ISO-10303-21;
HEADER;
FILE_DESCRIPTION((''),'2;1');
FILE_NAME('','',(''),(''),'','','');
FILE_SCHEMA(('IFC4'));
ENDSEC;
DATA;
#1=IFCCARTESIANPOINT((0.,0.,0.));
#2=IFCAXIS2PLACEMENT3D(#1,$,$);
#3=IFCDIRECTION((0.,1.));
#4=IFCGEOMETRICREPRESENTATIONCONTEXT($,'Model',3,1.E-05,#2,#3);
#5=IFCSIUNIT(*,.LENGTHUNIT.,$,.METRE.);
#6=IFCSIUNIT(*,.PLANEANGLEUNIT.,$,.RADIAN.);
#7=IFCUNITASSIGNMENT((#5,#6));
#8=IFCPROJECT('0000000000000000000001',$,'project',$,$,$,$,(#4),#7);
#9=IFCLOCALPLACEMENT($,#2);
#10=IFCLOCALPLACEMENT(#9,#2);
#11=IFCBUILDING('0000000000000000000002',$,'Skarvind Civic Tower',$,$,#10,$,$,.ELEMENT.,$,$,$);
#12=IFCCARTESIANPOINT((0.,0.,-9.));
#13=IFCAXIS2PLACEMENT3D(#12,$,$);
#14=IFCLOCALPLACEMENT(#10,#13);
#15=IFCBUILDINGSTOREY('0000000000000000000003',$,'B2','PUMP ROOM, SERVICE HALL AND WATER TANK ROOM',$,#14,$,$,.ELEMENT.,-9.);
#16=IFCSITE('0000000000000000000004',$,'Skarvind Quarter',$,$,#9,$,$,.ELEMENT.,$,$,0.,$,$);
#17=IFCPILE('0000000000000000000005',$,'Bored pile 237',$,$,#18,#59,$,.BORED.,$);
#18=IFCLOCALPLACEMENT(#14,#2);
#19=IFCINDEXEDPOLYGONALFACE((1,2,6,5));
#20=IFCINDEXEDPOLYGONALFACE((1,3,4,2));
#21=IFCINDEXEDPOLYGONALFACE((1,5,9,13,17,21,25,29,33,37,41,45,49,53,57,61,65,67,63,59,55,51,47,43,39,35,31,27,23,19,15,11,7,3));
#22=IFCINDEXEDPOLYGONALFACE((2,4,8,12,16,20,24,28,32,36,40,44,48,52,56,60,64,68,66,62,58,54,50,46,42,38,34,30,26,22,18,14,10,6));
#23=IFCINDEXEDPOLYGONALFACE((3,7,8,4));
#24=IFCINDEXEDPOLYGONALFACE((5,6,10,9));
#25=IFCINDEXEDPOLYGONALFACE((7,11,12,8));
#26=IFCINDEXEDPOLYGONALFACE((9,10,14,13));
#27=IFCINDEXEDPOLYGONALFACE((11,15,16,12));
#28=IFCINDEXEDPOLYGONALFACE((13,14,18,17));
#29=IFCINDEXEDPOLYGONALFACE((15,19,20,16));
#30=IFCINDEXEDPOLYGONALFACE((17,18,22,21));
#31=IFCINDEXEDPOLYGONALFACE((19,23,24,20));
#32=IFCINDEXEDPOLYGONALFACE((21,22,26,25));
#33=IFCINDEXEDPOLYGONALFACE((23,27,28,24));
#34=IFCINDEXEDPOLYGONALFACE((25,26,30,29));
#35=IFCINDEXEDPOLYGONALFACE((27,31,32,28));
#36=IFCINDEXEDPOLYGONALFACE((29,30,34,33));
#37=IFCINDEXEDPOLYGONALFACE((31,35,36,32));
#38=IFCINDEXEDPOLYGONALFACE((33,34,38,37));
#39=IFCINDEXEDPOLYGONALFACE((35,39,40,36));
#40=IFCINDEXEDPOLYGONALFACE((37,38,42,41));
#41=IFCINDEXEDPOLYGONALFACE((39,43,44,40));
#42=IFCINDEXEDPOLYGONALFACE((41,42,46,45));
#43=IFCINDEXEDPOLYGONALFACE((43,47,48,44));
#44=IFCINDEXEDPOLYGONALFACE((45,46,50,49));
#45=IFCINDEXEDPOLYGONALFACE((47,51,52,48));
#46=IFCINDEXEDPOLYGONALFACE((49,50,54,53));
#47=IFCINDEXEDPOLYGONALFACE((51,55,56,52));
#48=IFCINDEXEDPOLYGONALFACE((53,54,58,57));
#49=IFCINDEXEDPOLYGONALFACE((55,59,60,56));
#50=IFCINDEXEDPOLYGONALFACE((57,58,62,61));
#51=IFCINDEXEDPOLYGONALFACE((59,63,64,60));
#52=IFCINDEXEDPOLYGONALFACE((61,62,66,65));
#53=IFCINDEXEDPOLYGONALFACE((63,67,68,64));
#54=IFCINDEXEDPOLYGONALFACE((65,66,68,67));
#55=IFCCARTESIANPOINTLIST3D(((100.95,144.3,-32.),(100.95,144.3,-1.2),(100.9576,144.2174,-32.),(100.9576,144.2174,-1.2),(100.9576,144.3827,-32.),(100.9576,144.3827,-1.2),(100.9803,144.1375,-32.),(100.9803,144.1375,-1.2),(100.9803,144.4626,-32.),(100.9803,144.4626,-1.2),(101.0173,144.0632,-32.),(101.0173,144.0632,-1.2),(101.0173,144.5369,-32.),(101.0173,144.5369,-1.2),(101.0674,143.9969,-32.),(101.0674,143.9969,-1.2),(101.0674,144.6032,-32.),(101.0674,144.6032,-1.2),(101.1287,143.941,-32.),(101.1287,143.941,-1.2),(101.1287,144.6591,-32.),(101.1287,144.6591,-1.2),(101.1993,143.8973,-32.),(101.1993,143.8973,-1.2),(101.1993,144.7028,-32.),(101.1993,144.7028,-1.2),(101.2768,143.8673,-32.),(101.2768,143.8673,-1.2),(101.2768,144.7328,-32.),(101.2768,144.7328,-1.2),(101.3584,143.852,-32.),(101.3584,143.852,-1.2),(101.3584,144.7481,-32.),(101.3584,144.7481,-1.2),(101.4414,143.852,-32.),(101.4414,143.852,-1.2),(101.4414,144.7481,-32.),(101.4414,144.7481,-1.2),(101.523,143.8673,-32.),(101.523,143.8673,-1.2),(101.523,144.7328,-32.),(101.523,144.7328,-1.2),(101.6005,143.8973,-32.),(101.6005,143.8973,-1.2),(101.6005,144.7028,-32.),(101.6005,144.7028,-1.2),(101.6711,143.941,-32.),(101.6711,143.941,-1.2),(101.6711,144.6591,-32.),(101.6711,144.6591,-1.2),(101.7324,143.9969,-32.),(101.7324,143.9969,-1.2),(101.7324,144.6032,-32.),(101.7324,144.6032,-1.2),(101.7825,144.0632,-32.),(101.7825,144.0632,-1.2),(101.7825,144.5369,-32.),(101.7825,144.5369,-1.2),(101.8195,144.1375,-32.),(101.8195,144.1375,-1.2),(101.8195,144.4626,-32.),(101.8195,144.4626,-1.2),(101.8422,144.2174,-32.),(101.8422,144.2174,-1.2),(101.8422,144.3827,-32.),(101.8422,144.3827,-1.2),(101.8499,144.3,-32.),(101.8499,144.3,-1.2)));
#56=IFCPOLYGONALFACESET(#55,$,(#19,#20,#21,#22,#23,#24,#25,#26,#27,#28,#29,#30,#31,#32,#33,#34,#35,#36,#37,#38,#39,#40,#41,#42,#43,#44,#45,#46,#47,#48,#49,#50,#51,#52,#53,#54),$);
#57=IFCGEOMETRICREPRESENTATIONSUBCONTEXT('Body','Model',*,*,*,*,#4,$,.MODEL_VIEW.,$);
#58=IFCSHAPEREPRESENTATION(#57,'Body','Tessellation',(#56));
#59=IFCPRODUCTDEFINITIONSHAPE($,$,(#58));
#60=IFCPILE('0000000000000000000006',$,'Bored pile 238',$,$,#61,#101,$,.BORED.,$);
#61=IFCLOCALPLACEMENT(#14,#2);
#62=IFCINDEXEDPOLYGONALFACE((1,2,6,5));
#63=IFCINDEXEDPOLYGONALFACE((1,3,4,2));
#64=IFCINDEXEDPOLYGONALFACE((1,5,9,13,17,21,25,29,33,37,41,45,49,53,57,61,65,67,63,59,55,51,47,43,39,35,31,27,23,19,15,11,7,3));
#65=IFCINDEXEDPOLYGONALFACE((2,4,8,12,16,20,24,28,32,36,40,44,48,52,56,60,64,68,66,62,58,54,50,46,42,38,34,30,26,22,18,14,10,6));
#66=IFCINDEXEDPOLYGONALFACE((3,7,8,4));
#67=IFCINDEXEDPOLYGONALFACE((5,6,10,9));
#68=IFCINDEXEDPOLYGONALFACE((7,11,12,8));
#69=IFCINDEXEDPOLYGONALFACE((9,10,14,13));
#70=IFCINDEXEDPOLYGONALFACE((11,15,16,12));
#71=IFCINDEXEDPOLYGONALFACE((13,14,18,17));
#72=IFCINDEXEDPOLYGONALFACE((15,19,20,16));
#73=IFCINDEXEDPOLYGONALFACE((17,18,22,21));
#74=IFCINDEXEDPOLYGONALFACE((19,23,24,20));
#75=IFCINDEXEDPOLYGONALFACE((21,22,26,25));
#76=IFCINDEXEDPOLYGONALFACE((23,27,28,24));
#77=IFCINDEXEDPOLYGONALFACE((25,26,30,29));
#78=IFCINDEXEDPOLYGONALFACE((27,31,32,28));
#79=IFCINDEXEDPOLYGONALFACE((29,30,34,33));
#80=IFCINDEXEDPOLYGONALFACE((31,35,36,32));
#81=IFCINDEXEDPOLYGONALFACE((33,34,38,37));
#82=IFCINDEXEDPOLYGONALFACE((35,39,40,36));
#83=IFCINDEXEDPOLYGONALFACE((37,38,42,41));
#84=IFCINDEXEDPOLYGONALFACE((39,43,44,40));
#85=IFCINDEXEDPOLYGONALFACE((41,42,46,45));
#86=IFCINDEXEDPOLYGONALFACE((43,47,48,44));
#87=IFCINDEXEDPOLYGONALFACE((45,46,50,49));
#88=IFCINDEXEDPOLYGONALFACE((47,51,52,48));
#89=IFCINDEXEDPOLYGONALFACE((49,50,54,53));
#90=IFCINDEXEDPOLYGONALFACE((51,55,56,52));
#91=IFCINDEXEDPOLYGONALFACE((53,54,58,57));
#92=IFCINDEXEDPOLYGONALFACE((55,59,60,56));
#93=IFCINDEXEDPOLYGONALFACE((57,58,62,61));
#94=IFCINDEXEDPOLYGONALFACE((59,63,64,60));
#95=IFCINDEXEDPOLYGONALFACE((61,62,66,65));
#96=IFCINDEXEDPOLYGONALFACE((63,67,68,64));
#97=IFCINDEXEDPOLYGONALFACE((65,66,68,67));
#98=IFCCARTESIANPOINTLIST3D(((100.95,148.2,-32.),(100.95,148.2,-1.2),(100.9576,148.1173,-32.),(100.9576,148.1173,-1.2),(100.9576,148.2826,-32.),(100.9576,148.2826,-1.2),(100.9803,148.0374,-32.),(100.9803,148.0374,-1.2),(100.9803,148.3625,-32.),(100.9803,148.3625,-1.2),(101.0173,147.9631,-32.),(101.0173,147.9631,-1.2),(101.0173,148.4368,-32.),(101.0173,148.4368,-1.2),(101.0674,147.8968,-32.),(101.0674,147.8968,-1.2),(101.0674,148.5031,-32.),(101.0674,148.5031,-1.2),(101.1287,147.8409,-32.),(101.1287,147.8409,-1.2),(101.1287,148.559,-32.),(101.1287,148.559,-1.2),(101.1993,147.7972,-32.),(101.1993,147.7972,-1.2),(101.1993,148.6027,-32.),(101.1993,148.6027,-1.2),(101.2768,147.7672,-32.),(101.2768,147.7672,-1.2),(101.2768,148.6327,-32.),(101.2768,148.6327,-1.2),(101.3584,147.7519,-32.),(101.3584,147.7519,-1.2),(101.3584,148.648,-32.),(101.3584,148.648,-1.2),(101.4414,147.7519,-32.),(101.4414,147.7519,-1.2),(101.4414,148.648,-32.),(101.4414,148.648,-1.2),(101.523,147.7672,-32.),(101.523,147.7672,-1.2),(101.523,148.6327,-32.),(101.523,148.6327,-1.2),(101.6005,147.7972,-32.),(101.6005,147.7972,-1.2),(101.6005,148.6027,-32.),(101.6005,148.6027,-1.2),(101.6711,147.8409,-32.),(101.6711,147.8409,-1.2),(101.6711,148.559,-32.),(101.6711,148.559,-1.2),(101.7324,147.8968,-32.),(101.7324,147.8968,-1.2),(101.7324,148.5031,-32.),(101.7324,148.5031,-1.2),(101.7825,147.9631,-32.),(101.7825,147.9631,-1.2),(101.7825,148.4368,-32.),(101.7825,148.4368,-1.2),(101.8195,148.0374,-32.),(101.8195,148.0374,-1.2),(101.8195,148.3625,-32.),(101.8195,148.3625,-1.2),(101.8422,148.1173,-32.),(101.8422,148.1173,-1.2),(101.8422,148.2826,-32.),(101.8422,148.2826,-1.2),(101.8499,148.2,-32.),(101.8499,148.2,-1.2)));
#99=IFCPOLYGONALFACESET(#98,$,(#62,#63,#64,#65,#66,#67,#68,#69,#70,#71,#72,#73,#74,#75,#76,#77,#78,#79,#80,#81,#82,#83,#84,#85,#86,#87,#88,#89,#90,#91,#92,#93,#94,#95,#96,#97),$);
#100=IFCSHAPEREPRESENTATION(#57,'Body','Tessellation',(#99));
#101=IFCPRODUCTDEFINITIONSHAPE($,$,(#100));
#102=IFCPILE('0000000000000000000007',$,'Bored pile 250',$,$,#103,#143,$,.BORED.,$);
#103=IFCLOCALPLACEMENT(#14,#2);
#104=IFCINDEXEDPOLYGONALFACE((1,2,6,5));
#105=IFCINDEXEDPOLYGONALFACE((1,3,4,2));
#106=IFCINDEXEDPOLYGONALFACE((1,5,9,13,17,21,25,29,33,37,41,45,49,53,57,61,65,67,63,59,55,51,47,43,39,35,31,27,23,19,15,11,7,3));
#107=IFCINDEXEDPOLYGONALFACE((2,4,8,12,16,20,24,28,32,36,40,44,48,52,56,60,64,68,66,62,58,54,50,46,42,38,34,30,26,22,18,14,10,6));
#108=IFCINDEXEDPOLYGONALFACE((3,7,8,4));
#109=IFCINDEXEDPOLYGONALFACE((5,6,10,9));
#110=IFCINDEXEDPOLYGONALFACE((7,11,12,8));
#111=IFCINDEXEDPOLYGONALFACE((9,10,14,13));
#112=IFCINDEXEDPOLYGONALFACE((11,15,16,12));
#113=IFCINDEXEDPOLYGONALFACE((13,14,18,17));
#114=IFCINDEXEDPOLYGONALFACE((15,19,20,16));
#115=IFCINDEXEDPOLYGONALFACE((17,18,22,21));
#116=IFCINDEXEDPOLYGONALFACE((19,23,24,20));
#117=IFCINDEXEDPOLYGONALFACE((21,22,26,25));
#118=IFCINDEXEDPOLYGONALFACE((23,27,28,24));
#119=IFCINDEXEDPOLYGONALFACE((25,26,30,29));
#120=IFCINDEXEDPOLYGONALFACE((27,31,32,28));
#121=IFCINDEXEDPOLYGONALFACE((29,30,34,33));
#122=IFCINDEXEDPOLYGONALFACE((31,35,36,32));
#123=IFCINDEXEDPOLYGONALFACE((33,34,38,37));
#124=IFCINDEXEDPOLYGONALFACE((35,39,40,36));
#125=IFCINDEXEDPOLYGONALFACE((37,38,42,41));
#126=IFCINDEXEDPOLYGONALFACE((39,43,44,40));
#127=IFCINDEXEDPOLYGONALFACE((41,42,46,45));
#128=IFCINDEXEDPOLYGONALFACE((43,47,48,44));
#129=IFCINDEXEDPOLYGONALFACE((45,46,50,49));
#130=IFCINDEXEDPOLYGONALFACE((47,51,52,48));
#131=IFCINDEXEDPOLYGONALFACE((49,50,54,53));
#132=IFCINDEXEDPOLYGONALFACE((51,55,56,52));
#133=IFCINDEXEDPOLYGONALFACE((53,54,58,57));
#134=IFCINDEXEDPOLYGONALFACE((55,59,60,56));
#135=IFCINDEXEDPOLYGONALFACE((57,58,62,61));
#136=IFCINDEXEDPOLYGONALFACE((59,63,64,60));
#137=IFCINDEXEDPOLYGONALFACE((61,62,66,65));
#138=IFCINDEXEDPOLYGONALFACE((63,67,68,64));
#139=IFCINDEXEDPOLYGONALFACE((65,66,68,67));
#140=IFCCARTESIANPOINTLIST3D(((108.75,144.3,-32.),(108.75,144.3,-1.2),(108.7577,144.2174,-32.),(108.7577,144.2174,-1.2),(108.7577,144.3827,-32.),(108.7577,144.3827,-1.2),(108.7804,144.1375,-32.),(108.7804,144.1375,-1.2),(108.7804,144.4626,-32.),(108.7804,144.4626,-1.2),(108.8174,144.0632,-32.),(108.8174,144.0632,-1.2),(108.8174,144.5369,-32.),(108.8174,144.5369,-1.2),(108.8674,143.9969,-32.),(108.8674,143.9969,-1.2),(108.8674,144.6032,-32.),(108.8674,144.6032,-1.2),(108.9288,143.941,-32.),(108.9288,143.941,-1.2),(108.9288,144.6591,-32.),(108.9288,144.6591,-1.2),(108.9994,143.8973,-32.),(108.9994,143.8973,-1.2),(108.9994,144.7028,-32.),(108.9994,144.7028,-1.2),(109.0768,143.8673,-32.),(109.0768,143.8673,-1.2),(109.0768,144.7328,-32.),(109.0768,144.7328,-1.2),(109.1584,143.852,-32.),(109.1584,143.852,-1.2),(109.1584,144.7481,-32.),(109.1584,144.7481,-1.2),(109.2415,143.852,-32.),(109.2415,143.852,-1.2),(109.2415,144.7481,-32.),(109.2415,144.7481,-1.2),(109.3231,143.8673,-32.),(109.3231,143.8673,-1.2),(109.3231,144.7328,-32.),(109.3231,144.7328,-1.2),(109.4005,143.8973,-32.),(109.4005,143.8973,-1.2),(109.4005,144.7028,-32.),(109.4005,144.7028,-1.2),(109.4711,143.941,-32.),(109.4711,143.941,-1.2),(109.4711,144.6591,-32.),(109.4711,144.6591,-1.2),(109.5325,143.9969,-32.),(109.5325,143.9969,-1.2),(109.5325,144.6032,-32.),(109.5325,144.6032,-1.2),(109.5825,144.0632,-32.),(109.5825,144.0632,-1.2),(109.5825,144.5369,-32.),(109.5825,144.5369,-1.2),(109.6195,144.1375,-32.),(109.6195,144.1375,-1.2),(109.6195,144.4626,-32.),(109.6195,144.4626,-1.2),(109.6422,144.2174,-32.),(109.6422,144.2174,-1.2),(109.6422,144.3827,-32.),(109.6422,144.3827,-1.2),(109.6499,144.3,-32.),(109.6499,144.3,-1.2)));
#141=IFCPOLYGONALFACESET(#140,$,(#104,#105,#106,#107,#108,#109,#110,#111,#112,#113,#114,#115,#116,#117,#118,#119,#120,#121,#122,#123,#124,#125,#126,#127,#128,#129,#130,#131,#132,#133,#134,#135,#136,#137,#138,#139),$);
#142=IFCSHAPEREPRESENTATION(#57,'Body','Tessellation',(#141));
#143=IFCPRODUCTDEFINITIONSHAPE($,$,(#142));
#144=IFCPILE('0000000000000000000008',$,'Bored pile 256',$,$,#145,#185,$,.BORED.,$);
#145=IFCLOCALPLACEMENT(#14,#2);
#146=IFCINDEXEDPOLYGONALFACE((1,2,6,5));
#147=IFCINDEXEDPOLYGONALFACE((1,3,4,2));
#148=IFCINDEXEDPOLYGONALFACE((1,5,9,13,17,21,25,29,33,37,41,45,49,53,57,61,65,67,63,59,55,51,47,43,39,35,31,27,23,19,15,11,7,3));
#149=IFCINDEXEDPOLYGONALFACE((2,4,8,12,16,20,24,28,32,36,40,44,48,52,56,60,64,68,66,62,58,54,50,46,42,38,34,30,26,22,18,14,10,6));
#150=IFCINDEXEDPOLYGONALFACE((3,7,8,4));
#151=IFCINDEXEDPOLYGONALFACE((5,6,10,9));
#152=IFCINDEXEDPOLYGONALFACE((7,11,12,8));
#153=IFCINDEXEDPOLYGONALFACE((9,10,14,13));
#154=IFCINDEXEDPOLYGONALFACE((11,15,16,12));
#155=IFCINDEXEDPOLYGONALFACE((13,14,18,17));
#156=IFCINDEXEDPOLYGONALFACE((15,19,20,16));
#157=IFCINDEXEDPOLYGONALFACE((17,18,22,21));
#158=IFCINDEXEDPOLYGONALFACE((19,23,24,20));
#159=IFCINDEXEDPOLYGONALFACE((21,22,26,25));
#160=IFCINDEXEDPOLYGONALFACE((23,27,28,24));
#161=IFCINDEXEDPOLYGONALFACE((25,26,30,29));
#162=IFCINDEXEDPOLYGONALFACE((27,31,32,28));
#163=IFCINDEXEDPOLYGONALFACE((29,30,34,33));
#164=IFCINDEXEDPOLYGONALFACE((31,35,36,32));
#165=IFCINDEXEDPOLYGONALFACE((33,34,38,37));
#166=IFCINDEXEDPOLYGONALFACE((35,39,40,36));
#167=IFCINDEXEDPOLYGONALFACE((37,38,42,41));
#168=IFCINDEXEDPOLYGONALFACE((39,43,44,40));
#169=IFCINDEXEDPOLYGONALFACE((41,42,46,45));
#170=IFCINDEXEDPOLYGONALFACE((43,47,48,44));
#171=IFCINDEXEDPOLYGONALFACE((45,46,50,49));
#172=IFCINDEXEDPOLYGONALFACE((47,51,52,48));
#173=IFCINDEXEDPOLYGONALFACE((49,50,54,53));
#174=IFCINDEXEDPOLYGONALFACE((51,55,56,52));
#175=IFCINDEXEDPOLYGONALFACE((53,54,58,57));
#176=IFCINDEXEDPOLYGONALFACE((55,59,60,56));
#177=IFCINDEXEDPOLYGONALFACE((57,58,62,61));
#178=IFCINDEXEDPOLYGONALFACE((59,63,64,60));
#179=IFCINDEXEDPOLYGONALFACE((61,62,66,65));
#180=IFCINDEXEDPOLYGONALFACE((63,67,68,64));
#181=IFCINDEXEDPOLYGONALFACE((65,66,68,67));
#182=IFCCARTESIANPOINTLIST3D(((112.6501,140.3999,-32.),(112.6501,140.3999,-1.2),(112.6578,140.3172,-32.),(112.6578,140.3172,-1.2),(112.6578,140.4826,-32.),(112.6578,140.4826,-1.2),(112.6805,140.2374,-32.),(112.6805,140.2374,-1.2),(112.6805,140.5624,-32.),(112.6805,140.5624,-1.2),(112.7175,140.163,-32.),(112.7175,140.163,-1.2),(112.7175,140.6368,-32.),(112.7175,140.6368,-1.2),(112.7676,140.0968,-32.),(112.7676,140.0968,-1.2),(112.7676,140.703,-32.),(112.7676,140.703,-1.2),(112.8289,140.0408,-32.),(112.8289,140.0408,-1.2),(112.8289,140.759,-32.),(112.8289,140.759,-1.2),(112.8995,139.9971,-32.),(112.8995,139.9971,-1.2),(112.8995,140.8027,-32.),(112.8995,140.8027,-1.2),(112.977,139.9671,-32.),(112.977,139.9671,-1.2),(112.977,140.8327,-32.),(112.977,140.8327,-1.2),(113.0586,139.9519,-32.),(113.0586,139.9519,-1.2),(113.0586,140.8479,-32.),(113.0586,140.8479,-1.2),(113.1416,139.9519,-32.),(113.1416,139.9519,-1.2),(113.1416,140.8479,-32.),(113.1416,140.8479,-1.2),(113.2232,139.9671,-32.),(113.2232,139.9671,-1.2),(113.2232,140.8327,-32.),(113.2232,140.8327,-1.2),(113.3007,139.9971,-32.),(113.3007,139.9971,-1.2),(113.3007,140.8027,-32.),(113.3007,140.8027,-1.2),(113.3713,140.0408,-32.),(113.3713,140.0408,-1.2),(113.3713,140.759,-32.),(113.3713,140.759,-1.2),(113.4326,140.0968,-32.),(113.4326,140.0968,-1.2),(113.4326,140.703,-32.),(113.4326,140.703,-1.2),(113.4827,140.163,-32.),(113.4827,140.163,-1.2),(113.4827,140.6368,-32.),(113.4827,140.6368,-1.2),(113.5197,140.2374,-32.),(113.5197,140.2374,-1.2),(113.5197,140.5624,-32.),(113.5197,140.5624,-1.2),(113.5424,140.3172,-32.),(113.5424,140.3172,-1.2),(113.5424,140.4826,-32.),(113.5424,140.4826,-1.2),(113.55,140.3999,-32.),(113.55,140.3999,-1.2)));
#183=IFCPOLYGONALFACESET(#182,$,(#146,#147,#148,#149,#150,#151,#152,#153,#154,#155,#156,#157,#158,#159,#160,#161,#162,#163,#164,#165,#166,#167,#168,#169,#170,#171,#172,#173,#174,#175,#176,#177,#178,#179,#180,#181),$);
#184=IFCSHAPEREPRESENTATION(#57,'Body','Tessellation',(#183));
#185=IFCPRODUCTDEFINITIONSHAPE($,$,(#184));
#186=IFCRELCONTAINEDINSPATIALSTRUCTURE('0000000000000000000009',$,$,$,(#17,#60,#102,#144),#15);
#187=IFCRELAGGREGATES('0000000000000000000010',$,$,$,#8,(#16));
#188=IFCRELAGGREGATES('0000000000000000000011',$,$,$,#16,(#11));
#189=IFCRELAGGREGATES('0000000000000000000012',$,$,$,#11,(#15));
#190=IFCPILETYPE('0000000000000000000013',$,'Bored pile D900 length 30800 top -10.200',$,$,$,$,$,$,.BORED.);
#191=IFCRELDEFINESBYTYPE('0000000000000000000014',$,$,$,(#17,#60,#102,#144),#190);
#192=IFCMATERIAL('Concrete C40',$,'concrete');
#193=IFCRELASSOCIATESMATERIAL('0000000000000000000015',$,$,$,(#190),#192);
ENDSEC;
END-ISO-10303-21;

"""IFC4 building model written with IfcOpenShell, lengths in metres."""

from ifc_helpers import new_model, si_unit, direction, frame, origin, origin_2d, place, context, subcontext, project, spatial, circle, extrude, material, type_object, element, save


model = new_model("IFC4")

# Units and contexts
model_context = context("Model", 3, precision=1e-05, world=origin(), true_north=direction((0.0, 1.0)))
body_context = subcontext(model_context, "Body", "Model", "MODEL_VIEW")
ifc_project = project(units=[si_unit("LENGTHUNIT", "METRE"), si_unit("PLANEANGLEUNIT", "RADIAN")], contexts=[model_context])

# Site, building, storey
site_placement = place(None, origin())
site = spatial("IfcSite", under=ifc_project, at=site_placement, Name="Skarvind Quarter", CompositionType="ELEMENT", RefElevation=0.0)
building_placement = place(site_placement, origin())
building = spatial("IfcBuilding", under=site, at=building_placement, Name="Skarvind Civic Tower", CompositionType="ELEMENT")
storey_placement = place(building_placement, frame((0.0, 0.0, -9.0)))
storey = spatial("IfcBuildingStorey", under=building, at=storey_placement, Name="B2", Description="PUMP ROOM, SERVICE HALL AND WATER TANK ROOM", CompositionType="ELEMENT", Elevation=-9.0)

# Piles
ifc_material_1 = material(Name="Concrete C40", Category="concrete")
pile_type = type_object("IfcPileType", Name="Bored pile D900 length 30800 top -10.200", PredefinedType="BORED", material=ifc_material_1)
for number, where, z_axis, x_axis, name in (
    (1, (101.3999, 144.3, -1.2), (0.0, 0.0, -1.0), (1.0, 0.0, 0.0), "Bored pile 237"),
    (2, (101.3999, 148.2, -1.2), (0.0, 0.0, -1.0), (1.0, 0.0, 0.0), "Bored pile 238"),
    (3, (109.2, 144.3, -1.2), (0.0, 0.0, -1.0), (1.0, 0.0, 0.0), "Bored pile 250"),
    (4, (113.1001, 140.3999, -1.2), (0.0, 0.0, -1.0), (1.0, 0.0, 0.0), "Bored pile 256"),
):
    element("IfcPile", number, at=place(storey_placement, frame(where, z_axis=z_axis, x_axis=x_axis)), inside=storey, type_object=pile_type, Name=name, PredefinedType="BORED", context=body_context, shape_type="SweptSolid", body=[
        extrude(circle(Radius=0.45, at=origin_2d()), origin(), (0.0, 0.0, 1.0), 30.8),
    ])

save(model, "model.ifc")
